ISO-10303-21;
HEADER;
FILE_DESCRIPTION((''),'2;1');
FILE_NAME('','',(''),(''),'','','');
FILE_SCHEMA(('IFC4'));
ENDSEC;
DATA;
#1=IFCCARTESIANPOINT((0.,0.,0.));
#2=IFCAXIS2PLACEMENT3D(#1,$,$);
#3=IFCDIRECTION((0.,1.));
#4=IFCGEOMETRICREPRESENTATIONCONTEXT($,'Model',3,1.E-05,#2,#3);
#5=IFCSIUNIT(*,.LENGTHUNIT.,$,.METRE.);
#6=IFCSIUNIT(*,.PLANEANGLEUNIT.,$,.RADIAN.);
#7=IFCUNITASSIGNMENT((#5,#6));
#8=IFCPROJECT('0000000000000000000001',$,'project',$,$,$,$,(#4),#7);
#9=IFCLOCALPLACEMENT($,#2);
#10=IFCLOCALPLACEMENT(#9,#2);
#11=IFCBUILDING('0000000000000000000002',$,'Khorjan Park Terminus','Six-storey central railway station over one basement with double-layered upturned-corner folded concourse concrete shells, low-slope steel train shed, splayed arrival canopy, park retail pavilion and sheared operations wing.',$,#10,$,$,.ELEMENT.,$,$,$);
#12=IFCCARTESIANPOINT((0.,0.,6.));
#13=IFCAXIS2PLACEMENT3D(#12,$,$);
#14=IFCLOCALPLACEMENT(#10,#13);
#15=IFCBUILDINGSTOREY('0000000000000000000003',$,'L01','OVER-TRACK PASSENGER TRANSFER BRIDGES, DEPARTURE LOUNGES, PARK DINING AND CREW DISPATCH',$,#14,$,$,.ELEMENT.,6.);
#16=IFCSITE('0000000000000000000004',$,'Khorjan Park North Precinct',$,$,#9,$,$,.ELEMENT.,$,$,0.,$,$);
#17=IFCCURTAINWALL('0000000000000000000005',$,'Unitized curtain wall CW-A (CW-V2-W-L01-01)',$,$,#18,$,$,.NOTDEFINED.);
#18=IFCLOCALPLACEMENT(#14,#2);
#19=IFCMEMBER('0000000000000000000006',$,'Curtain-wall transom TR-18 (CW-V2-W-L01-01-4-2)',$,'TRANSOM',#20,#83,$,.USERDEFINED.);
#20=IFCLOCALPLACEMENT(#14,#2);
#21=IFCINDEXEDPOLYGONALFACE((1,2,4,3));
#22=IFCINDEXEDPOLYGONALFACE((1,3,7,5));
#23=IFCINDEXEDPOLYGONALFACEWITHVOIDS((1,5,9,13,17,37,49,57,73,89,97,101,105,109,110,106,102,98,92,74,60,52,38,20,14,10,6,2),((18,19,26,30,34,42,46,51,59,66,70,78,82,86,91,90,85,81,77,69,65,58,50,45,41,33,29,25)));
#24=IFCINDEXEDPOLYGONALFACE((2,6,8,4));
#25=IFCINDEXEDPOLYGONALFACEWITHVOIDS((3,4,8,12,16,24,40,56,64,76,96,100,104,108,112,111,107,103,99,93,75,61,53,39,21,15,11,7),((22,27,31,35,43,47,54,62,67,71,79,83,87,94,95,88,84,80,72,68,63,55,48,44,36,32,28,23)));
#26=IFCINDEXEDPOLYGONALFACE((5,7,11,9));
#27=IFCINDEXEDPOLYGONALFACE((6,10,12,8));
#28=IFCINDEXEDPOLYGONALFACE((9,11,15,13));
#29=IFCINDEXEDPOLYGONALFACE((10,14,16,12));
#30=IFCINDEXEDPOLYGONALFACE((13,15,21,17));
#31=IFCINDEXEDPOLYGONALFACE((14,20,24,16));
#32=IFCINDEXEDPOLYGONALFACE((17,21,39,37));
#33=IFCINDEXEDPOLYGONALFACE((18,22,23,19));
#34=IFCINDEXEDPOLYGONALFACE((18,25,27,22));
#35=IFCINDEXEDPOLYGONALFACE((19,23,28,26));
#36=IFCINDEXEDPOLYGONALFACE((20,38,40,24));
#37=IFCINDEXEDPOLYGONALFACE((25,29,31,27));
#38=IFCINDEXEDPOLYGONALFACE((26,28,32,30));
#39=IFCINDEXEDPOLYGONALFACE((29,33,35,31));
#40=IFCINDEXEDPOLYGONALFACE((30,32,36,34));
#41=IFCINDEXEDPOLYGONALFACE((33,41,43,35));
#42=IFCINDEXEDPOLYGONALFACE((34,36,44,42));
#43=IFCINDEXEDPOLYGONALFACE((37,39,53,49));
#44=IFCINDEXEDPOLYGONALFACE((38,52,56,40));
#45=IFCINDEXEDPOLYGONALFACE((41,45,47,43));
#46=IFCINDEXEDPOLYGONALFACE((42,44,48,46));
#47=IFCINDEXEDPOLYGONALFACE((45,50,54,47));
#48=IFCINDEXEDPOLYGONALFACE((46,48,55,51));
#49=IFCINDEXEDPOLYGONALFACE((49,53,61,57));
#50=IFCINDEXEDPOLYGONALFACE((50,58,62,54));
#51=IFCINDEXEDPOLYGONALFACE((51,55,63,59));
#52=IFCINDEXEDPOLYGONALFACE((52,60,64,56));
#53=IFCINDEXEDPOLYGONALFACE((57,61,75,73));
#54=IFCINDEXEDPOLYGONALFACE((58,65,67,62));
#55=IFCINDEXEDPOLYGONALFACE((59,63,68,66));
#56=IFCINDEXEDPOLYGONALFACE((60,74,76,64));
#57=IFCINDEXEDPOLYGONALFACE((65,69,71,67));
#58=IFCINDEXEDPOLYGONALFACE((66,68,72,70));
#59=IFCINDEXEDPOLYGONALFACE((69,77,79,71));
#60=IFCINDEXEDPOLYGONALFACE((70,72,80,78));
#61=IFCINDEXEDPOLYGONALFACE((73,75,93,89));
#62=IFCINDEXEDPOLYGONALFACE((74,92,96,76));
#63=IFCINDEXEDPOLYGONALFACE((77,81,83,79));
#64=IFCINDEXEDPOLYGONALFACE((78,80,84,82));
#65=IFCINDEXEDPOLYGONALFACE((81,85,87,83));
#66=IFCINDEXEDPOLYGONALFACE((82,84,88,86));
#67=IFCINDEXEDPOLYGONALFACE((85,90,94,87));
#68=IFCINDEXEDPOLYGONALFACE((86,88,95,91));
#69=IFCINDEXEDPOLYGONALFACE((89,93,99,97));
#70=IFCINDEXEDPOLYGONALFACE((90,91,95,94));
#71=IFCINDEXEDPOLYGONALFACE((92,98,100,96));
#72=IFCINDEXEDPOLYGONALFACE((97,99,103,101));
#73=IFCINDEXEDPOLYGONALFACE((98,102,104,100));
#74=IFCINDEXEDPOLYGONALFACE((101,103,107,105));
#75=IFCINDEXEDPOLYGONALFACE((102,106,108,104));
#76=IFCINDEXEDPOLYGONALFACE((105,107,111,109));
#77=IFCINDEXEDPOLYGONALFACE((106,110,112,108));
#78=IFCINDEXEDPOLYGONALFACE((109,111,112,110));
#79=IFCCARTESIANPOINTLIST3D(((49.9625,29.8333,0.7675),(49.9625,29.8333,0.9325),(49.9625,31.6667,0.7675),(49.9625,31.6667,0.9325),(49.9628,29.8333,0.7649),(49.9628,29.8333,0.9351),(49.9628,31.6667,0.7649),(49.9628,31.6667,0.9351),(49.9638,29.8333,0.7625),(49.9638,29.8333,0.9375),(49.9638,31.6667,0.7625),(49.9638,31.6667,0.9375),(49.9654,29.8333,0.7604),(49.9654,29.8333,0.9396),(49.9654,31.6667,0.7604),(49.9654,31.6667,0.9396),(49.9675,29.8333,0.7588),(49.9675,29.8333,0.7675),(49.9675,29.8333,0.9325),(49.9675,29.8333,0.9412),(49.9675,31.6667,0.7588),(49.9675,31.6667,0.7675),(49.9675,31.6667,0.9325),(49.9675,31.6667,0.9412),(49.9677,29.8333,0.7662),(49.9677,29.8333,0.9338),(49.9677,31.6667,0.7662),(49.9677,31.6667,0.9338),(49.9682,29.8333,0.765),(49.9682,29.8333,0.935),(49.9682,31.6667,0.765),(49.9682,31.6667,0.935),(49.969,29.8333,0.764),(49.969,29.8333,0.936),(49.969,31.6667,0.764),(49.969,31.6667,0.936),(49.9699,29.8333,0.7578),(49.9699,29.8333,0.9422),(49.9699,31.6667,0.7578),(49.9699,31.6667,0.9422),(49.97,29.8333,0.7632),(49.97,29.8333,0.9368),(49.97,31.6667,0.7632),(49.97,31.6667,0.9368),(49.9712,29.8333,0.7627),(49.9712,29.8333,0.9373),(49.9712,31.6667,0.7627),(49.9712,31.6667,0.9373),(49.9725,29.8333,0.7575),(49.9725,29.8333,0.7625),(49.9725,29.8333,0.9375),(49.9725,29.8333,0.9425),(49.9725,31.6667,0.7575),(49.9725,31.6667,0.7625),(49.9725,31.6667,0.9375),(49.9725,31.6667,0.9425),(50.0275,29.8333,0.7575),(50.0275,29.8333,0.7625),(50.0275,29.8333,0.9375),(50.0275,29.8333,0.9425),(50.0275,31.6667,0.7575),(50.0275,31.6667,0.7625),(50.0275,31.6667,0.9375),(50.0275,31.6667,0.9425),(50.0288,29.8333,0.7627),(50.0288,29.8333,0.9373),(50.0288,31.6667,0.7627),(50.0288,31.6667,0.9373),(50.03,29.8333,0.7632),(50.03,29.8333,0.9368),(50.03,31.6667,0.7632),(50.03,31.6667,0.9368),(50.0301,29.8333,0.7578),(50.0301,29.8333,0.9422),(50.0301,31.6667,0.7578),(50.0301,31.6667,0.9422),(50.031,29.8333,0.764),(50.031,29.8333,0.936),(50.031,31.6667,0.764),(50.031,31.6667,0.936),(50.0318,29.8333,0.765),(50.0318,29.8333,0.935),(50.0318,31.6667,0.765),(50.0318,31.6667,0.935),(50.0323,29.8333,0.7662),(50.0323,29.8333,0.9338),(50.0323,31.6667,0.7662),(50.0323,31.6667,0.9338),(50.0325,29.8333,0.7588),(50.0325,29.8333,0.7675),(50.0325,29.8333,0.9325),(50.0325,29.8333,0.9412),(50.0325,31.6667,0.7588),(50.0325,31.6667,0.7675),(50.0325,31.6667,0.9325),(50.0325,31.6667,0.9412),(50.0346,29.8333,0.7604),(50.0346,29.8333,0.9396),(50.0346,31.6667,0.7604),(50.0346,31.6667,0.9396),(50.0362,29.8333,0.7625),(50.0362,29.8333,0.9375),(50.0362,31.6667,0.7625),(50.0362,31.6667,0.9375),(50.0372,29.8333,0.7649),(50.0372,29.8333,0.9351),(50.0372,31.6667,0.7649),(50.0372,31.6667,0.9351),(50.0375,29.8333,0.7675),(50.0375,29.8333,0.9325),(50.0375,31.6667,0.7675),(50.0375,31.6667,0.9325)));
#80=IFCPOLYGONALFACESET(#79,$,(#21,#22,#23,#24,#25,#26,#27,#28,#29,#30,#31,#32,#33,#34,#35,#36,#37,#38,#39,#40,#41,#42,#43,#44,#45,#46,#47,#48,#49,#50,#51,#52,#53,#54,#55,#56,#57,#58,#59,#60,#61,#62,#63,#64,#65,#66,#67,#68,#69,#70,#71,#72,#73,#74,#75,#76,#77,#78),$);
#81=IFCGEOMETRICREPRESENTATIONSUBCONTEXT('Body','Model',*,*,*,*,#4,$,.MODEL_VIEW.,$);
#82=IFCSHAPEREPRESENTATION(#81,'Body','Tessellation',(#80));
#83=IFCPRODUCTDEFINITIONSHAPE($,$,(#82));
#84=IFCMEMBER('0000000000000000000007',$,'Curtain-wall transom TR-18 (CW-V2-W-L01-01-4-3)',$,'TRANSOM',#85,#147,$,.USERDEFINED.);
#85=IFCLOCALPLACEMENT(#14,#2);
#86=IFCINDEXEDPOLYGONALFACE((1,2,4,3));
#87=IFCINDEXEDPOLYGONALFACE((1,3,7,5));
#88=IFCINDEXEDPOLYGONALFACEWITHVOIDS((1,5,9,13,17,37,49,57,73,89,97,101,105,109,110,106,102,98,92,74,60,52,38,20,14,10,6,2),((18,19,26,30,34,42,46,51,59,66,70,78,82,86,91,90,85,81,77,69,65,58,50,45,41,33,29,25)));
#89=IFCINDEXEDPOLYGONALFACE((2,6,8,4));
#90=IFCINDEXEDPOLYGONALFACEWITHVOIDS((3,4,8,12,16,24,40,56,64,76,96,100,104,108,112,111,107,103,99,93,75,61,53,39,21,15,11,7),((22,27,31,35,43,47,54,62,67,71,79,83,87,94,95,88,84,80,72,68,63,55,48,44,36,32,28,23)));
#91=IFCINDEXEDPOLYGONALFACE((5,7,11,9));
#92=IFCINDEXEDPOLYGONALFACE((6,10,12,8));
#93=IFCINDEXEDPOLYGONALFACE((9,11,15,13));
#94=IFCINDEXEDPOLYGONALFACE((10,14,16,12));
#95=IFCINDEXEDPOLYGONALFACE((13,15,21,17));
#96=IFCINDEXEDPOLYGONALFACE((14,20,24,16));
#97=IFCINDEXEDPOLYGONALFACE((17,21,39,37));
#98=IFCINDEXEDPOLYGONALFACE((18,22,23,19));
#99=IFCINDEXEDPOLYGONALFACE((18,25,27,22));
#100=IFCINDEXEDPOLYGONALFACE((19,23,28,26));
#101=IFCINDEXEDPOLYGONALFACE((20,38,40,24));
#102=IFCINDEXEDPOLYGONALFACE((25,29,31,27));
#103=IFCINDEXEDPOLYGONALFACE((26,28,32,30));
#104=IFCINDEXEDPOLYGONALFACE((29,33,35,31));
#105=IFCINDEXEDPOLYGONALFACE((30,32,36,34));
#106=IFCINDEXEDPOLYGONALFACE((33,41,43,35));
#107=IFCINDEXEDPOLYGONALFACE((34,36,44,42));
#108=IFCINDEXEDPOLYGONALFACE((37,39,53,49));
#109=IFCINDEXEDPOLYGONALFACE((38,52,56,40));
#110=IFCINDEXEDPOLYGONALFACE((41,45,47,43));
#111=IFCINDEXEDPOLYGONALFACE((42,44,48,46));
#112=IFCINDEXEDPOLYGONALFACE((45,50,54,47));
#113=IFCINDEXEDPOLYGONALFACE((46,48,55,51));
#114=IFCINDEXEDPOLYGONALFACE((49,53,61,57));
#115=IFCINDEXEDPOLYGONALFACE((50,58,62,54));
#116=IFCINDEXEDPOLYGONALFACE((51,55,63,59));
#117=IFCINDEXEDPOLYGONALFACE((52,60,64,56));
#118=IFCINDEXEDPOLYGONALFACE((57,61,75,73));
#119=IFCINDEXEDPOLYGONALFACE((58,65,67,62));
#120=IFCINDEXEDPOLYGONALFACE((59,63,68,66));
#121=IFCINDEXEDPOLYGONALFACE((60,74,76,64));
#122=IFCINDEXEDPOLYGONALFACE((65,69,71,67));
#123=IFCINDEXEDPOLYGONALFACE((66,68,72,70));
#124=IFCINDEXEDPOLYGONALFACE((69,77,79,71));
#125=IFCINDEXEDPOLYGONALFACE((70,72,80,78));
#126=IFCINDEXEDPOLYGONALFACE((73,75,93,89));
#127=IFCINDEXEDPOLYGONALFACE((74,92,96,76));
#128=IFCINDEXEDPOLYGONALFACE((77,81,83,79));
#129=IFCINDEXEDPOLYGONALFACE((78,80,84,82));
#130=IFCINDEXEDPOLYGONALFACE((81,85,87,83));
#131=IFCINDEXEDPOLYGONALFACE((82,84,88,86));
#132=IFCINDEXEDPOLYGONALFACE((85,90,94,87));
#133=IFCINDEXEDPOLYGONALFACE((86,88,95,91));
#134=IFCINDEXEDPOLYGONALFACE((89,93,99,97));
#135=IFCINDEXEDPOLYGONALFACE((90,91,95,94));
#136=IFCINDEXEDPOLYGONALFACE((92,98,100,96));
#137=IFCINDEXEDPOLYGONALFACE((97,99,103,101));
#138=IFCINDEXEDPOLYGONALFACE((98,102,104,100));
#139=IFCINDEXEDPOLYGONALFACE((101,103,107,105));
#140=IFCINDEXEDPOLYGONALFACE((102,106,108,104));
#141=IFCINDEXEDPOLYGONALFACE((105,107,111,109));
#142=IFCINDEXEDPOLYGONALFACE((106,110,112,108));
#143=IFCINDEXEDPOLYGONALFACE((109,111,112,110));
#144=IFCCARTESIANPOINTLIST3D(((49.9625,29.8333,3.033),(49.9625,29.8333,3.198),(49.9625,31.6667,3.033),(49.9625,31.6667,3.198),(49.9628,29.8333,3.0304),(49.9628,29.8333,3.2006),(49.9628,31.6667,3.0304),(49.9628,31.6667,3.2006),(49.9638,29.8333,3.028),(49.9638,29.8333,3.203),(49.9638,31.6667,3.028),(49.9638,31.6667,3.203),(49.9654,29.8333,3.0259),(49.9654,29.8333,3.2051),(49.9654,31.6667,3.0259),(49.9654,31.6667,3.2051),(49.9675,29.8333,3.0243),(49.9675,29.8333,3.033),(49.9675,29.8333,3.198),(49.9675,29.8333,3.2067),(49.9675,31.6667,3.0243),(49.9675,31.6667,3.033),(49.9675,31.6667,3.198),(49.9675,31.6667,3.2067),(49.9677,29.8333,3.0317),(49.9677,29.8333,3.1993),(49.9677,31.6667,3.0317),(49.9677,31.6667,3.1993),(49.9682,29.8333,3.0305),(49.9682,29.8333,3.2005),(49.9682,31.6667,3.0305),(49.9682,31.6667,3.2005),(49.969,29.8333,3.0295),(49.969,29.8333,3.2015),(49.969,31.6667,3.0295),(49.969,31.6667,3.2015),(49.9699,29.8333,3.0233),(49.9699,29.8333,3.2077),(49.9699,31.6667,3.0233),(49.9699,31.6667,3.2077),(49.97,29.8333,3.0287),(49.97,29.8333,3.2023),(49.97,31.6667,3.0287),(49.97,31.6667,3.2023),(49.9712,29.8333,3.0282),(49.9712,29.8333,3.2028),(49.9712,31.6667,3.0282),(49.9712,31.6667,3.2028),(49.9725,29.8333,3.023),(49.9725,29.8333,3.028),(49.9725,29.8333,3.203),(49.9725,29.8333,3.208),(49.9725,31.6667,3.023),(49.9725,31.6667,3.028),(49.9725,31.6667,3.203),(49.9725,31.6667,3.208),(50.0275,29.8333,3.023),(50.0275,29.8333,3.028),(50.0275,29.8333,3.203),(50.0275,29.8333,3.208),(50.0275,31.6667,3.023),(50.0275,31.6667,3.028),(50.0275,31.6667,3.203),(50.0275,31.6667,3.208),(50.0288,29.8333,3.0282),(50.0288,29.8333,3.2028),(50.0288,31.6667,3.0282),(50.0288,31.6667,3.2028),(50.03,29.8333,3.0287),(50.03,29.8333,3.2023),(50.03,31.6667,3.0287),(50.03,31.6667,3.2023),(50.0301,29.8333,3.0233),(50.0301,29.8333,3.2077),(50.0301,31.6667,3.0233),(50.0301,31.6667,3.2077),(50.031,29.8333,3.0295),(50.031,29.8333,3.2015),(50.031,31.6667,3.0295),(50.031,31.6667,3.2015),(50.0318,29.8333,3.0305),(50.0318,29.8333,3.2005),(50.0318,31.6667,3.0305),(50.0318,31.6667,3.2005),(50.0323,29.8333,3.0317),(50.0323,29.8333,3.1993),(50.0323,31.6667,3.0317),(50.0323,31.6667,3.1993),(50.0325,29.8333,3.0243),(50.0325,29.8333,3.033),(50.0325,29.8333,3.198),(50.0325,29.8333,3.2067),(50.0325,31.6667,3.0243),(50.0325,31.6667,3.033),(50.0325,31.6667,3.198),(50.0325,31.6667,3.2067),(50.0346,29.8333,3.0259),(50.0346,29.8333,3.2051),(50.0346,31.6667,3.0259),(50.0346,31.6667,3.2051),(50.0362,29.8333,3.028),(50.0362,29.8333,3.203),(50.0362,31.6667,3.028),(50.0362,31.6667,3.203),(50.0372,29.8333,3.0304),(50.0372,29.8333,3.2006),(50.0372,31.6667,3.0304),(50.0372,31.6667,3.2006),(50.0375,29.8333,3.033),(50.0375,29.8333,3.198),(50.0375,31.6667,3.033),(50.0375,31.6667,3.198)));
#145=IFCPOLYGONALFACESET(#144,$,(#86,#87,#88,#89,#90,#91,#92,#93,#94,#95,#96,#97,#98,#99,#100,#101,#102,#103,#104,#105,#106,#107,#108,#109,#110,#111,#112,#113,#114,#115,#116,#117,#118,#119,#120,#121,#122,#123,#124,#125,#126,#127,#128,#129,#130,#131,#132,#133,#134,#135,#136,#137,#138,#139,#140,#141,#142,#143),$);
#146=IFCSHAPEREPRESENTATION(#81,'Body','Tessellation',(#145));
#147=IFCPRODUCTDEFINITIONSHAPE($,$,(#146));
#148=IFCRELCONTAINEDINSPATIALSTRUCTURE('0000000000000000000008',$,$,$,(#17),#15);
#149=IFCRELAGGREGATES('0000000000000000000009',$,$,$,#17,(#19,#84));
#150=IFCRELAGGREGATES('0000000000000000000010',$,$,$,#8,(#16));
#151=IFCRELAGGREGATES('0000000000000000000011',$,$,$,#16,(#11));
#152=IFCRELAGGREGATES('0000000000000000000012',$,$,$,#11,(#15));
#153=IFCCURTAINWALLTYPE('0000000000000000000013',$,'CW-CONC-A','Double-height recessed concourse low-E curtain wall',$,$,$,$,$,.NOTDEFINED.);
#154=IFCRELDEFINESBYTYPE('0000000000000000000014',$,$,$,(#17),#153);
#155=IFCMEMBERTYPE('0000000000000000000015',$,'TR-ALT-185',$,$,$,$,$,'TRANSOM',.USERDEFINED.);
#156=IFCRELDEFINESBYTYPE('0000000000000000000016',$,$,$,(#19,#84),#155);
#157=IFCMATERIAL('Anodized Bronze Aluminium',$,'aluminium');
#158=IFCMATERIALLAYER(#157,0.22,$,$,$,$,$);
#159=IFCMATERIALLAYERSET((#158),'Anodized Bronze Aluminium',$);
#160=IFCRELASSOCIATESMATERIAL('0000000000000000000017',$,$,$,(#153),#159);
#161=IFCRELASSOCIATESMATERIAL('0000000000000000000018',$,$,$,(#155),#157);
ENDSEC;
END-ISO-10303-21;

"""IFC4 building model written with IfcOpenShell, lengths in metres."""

from ifc_helpers import new_model, si_unit, direction, frame, origin, origin_2d, place, context, subcontext, project, spatial, hollow_rectangle, extrude, material, layer, layer_set, material_profile, profile_set, type_object, element, aggregate, save


model = new_model("IFC4")

# Units and contexts
model_context = context("Model", 3, precision=1e-05, world=origin(), true_north=direction((0.0, 1.0)))
body_context = subcontext(model_context, "Body", "Model", "MODEL_VIEW")
ifc_project = project(units=[si_unit("LENGTHUNIT", "METRE"), si_unit("PLANEANGLEUNIT", "RADIAN")], contexts=[model_context])

# Site, building, storey
site_placement = place(None, origin())
site = spatial("IfcSite", under=ifc_project, at=site_placement, Name="Khorjan Park North Precinct", CompositionType="ELEMENT", RefElevation=0.0)
building_placement = place(site_placement, origin())
building = spatial("IfcBuilding", under=site, at=building_placement, Name="Khorjan Park Terminus", Description="Six-storey central railway station over one basement with double-layered upturned-corner folded concourse concrete shells, low-slope steel train shed, splayed arrival canopy, park retail pavilion and sheared operations wing.", CompositionType="ELEMENT")
storey_placement = place(building_placement, frame((0.0, 0.0, 6.0)))
storey = spatial("IfcBuildingStorey", under=building, at=storey_placement, Name="L01", Description="OVER-TRACK PASSENGER TRANSFER BRIDGES, DEPARTURE LOUNGES, PARK DINING AND CREW DISPATCH", CompositionType="ELEMENT", Elevation=6.0)

# Curtain wall
ifc_material_1 = material(Name="Anodized Bronze Aluminium", Category="aluminium")
ifc_layer_1 = layer(ifc_material_1, 0.22)
ifc_layer_set_1 = layer_set([ifc_layer_1], Name="Anodized Bronze Aluminium")
curtain_wall_type = type_object("IfcCurtainWallType", Name="CW-CONC-A", Description="Double-height recessed concourse low-E curtain wall", PredefinedType="NOTDEFINED", material=ifc_layer_set_1)
curtain_wall_placement = place(storey_placement, origin())
curtain_wall = element("IfcCurtainWall", 1, at=curtain_wall_placement, inside=storey, type_object=curtain_wall_type, Name="Unitized curtain wall CW-A (CW-V2-W-L01-01)", PredefinedType="NOTDEFINED")

# Members
ifc_material_profile_1 = material_profile(ifc_material_1, hollow_rectangle(XDim=0.075, YDim=0.185, WallThickness=0.005, InnerFilletRadius=0.005, OuterFilletRadius=0.01, at=origin_2d()), Name="ALT 75x185x5")
ifc_profile_set_1 = profile_set([ifc_material_profile_1], Name="Anodized Bronze Aluminium")
member_type_1 = type_object("IfcMemberType", Name="TR-ALT-185", ElementType="TRANSOM", PredefinedType="USERDEFINED", material=ifc_profile_set_1)
member_1_placement = place(storey_placement, frame((50.0, 31.6667, 0.85), z_axis=(0.0, -1.0, 0.0), x_axis=(1.0, 0.0, 0.0)))
member_1 = element("IfcMember", 2, at=member_1_placement, type_object=member_type_1, Name="Curtain-wall transom TR-18 (CW-V2-W-L01-01-4-2)", ObjectType="TRANSOM", PredefinedType="USERDEFINED", context=body_context, shape_type="SweptSolid", body=[
    extrude(hollow_rectangle(XDim=0.075, YDim=0.185, WallThickness=0.005, InnerFilletRadius=0.005, OuterFilletRadius=0.01, at=origin_2d()), origin(), (0.0, 0.0, 1.0), 1.8334),
])
member_2_placement = place(storey_placement, frame((50.0, 31.6667, 3.1155), z_axis=(0.0, -1.0, 0.0), x_axis=(1.0, 0.0, 0.0)))
member_2 = element("IfcMember", 3, at=member_2_placement, type_object=member_type_1, Name="Curtain-wall transom TR-18 (CW-V2-W-L01-01-4-3)", ObjectType="TRANSOM", PredefinedType="USERDEFINED", context=body_context, shape_type="SweptSolid", body=[
    extrude(hollow_rectangle(XDim=0.075, YDim=0.185, WallThickness=0.005, InnerFilletRadius=0.005, OuterFilletRadius=0.01, at=origin_2d()), origin(), (0.0, 0.0, 1.0), 1.8334),
])

aggregate(curtain_wall, [member_1, member_2])

save(model, "model.ifc")
